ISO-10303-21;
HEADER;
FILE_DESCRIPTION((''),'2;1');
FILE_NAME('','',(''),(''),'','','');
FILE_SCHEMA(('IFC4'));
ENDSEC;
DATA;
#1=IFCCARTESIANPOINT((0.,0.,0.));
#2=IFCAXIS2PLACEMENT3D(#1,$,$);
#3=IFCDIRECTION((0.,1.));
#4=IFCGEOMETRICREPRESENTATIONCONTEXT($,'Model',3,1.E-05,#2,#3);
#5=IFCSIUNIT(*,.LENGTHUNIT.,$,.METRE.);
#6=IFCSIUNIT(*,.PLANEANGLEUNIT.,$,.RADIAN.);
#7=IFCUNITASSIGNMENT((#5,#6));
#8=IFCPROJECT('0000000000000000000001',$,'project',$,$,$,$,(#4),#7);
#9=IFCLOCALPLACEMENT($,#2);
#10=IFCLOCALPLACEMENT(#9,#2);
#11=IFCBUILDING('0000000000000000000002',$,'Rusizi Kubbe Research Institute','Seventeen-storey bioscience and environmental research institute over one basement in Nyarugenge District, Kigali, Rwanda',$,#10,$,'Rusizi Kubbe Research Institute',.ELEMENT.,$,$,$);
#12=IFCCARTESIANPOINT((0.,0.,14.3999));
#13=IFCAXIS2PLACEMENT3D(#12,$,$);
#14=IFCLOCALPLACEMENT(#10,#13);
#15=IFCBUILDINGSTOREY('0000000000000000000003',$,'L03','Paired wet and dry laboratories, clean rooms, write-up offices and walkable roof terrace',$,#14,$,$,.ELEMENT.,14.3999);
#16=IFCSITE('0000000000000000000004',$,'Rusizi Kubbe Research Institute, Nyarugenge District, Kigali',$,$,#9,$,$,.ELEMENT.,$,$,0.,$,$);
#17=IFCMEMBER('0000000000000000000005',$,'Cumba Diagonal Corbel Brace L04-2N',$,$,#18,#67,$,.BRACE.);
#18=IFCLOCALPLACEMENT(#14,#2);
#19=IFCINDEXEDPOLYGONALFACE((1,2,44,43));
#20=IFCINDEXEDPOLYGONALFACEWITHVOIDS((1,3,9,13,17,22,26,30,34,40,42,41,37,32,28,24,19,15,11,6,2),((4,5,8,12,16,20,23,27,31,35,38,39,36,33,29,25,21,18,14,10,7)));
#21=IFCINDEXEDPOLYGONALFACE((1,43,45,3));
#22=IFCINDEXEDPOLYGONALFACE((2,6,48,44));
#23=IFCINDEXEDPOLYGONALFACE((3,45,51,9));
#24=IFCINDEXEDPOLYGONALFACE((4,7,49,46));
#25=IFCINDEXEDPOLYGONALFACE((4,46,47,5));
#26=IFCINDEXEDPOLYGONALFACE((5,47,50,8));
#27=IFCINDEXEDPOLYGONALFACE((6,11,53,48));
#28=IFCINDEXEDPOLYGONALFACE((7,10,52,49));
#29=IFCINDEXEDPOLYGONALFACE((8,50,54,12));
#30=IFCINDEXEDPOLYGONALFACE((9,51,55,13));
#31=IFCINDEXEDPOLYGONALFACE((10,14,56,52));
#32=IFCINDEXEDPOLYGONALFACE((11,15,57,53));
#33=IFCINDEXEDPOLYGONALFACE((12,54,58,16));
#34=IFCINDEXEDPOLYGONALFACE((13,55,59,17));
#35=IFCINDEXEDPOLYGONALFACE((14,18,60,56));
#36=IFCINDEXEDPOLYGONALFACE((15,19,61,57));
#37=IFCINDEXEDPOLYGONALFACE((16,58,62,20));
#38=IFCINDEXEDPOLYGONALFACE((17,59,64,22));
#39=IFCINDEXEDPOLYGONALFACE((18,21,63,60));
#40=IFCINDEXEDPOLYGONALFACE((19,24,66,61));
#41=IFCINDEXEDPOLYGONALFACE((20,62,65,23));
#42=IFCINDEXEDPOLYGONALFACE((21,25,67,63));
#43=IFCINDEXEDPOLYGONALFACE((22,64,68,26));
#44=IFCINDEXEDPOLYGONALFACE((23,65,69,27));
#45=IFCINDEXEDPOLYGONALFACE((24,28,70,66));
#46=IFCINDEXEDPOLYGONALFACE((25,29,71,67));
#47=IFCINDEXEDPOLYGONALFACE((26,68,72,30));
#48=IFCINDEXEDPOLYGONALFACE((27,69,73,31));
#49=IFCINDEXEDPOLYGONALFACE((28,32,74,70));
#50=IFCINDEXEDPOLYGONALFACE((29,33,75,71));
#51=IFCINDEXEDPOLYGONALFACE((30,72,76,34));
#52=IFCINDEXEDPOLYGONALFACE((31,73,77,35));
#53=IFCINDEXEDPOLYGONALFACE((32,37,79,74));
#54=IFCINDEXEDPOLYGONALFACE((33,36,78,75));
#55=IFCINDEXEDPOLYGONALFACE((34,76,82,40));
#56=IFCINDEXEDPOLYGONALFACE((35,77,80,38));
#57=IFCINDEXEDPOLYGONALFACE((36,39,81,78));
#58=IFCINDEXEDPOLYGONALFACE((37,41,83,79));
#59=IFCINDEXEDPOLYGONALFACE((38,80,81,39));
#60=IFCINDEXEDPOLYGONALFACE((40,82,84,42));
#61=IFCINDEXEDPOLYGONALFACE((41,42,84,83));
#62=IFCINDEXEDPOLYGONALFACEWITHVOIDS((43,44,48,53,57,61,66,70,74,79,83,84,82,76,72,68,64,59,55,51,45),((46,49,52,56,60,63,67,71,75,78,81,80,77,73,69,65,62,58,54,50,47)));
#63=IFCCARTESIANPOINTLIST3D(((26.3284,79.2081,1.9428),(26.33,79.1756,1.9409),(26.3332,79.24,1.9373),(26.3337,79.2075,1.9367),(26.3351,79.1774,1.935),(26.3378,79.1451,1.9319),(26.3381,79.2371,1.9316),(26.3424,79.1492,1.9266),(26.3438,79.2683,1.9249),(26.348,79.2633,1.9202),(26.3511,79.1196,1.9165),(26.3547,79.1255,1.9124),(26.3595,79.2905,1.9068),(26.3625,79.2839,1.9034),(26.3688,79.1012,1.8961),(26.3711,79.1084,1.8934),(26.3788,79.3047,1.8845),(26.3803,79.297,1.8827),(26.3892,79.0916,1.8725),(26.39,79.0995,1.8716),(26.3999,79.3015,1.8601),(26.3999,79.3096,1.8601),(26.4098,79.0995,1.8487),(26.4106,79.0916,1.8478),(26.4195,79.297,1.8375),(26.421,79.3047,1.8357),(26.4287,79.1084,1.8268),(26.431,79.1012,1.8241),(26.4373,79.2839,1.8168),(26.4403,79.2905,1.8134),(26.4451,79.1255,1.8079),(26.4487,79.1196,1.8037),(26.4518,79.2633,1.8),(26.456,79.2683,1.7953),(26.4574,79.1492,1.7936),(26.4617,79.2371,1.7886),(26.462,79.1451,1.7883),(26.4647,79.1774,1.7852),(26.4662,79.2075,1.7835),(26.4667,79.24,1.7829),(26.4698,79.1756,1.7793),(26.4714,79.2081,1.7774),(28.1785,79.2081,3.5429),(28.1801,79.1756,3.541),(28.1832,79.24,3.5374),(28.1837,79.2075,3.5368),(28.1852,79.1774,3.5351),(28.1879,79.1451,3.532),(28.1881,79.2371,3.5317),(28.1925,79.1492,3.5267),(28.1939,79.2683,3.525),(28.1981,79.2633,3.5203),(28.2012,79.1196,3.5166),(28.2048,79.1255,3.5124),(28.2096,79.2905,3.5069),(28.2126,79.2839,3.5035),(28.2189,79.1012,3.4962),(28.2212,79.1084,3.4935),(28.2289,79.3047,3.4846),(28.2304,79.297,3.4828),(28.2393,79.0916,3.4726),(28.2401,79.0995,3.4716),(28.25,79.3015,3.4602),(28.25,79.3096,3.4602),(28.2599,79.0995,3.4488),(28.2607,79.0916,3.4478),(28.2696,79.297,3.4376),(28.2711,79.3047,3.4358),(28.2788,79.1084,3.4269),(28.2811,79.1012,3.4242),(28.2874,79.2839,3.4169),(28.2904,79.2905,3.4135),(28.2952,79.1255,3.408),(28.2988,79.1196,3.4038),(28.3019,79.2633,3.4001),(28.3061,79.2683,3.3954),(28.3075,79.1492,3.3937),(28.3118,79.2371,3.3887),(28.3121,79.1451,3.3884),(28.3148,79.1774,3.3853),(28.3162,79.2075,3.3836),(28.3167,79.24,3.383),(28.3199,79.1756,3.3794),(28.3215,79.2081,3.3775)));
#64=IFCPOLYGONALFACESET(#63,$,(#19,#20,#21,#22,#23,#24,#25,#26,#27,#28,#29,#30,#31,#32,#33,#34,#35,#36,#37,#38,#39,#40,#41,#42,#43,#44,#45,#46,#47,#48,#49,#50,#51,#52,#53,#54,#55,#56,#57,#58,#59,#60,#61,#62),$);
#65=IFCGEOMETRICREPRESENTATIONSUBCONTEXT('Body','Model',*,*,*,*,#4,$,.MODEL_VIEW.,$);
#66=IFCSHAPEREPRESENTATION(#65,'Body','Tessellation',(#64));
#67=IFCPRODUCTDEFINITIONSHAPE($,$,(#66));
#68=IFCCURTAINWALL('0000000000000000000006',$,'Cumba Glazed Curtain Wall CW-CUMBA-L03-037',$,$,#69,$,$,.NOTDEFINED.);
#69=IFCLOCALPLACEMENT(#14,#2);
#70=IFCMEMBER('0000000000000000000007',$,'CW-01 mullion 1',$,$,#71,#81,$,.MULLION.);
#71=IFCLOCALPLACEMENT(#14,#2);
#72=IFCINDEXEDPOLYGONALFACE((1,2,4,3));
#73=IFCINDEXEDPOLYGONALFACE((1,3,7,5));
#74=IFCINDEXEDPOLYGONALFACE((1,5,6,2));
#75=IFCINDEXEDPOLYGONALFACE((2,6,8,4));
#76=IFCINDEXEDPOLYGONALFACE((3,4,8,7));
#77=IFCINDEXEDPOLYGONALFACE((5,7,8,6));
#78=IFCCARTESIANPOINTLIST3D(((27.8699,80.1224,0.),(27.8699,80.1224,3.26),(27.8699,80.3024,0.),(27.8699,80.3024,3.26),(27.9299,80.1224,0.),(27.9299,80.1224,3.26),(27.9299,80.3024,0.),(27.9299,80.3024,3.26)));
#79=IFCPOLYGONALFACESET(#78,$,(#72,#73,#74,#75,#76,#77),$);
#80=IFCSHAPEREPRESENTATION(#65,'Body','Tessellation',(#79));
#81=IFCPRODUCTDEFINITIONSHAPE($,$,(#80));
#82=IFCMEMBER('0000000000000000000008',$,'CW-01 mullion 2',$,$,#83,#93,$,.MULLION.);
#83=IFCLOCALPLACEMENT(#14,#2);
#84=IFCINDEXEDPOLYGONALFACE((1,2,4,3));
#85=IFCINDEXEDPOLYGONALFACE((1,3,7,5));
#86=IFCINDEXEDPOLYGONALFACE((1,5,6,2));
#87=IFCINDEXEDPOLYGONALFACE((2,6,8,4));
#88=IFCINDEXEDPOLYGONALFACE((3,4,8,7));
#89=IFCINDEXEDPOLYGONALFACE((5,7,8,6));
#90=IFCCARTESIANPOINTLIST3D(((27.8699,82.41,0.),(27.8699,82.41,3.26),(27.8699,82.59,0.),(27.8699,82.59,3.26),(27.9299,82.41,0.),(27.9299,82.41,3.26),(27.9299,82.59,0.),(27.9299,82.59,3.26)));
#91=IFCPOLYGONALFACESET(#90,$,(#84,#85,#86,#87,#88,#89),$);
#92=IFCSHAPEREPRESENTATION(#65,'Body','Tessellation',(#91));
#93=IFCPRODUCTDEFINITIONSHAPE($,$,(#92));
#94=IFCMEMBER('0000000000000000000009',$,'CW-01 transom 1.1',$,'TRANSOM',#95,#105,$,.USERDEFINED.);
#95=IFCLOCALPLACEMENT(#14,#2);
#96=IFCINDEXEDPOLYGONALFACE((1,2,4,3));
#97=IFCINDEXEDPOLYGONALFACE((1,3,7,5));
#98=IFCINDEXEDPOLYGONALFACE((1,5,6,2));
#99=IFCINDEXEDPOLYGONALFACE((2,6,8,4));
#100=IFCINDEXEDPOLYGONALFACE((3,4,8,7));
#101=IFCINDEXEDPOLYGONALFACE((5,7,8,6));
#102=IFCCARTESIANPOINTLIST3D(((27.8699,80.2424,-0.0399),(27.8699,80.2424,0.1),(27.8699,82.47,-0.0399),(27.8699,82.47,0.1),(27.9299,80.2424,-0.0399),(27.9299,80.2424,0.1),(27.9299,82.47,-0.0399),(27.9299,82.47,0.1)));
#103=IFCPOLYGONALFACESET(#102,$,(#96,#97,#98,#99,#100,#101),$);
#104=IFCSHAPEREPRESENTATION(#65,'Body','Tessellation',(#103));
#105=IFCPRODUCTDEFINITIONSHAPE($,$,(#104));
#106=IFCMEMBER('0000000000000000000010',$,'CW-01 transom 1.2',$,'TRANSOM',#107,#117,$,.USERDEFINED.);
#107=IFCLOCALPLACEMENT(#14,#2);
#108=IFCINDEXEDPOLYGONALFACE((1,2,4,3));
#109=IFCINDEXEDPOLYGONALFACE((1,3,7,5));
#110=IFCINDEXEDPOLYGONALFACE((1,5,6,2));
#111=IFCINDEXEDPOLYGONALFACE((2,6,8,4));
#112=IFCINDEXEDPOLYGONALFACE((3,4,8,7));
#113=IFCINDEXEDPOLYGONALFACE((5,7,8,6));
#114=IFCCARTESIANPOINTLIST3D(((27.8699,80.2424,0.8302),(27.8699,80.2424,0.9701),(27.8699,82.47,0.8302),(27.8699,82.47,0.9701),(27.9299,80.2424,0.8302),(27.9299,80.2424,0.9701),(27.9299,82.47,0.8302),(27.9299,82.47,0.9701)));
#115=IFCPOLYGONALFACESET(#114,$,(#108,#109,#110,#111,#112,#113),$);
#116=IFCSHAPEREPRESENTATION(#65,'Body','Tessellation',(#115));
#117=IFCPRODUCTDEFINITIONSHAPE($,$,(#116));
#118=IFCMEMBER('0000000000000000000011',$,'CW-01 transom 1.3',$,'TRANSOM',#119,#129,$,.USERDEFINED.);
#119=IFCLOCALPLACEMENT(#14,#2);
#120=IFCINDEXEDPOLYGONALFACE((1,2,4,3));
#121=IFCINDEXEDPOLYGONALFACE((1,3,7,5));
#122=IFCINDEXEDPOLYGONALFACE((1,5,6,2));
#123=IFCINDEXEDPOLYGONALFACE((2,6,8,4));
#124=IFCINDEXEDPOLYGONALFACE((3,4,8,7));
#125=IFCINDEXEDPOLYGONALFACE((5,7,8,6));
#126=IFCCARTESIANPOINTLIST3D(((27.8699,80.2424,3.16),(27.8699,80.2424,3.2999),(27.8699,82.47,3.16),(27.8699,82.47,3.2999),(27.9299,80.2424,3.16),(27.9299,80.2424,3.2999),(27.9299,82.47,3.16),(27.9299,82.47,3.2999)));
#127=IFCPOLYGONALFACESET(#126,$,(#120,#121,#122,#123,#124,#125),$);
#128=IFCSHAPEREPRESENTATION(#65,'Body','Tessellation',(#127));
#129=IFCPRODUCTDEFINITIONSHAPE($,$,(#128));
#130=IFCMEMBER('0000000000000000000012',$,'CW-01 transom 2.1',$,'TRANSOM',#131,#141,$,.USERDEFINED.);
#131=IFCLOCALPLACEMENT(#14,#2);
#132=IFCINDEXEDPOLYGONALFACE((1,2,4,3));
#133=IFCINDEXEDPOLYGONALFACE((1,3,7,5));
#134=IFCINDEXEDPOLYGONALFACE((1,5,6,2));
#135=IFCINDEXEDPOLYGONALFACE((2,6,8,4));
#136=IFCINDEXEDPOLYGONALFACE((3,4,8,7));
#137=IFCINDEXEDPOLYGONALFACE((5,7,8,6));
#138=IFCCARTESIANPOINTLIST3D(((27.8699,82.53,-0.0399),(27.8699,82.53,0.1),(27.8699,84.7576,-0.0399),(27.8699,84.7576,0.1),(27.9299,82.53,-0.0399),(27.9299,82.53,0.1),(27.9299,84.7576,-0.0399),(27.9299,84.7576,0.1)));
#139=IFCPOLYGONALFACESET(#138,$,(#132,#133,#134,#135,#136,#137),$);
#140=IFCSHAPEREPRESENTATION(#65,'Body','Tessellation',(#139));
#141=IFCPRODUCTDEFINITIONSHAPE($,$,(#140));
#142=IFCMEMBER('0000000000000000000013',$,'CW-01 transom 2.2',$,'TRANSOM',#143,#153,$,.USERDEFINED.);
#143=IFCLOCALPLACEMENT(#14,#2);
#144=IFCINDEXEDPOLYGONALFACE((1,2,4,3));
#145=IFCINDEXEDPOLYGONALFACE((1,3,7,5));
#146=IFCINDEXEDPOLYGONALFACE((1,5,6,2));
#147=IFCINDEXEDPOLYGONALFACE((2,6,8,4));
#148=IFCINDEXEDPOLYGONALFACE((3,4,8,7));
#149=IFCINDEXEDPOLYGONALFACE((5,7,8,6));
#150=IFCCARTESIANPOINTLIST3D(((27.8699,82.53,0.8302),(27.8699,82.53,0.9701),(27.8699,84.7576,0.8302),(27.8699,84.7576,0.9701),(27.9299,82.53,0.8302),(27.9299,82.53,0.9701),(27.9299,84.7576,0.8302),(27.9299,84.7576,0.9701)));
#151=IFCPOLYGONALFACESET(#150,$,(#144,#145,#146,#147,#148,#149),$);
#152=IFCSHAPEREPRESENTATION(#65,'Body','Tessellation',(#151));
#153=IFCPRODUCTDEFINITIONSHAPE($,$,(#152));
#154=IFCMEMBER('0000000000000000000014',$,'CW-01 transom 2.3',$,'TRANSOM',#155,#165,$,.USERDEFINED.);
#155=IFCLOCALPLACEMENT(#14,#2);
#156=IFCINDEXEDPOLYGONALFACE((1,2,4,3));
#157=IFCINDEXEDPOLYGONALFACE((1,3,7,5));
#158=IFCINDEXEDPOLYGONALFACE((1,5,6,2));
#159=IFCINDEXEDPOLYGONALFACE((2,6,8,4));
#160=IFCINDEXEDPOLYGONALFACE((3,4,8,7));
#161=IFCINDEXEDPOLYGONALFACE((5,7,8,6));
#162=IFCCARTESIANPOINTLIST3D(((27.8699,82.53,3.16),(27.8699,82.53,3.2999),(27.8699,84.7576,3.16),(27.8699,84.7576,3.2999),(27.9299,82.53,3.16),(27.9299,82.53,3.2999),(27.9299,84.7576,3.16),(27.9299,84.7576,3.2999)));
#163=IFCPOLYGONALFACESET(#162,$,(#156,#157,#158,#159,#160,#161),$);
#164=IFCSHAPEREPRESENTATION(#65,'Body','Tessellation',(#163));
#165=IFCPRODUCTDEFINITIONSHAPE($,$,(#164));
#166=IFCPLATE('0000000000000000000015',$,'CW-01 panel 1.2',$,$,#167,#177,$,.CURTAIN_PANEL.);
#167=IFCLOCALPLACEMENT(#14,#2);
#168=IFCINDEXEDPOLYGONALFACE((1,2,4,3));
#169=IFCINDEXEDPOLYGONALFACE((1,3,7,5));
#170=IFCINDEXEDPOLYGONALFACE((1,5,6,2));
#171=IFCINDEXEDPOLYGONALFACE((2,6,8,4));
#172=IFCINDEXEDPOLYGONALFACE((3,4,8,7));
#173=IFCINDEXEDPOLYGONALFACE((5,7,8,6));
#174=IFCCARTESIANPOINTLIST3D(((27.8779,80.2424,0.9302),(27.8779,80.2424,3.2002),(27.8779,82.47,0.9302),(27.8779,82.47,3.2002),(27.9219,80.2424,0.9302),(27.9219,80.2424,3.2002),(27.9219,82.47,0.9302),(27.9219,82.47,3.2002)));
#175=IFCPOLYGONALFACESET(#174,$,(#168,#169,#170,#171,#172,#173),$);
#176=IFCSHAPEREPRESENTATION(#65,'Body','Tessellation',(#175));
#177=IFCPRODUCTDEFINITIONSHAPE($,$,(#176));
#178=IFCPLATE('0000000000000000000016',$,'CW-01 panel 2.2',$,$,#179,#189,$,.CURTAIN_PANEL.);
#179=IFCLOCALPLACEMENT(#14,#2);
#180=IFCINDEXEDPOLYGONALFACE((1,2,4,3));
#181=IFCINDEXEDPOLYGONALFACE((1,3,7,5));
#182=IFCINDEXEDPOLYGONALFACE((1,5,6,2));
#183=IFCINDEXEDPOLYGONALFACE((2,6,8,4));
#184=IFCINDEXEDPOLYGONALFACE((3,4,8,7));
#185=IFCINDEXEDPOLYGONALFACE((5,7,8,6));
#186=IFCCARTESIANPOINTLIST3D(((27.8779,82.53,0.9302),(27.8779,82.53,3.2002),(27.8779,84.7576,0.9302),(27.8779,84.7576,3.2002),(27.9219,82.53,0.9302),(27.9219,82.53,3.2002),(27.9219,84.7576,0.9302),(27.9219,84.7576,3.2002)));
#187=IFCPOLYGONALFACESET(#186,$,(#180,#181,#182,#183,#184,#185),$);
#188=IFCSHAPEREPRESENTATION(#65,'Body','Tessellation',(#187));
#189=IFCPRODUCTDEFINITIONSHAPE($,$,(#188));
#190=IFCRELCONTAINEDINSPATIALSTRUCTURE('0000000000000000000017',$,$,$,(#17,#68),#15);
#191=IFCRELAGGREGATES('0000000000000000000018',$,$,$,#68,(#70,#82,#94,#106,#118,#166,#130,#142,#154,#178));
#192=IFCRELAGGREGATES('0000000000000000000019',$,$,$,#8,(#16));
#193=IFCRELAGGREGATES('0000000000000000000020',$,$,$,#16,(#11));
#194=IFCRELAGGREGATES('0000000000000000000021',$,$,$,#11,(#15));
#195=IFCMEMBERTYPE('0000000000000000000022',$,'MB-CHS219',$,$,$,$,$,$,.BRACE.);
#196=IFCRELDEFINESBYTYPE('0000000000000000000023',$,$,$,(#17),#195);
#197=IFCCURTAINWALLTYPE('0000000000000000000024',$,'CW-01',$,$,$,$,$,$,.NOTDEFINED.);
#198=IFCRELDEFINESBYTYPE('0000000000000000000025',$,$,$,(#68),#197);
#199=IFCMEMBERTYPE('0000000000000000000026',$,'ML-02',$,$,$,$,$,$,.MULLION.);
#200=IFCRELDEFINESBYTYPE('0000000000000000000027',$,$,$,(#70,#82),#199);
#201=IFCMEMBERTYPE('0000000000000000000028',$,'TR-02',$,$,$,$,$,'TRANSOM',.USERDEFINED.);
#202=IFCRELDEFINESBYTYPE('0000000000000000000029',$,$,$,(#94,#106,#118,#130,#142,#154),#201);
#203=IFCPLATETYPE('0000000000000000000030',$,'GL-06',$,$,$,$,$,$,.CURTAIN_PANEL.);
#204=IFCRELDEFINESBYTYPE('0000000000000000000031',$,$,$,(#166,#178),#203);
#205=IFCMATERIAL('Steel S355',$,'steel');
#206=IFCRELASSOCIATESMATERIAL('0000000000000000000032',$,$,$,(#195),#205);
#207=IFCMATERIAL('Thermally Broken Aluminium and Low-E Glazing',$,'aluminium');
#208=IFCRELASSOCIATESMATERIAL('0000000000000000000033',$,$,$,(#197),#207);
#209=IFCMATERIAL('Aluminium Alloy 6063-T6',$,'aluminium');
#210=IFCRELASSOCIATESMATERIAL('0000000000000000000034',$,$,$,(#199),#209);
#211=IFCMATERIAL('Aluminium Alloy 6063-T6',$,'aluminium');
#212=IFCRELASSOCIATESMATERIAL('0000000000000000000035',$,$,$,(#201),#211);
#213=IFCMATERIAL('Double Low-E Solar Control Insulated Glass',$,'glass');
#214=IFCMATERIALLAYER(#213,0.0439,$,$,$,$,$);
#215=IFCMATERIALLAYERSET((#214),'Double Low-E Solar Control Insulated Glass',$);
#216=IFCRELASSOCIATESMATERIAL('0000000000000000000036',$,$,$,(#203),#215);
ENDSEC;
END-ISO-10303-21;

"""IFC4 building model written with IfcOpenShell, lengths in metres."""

from ifc_helpers import new_model, si_unit, direction, frame, origin, origin_2d, place, context, subcontext, project, spatial, rectangle, hollow_circle, extrude, material, layer, layer_set, material_profile, profile_set, type_object, element, aggregate, save


model = new_model("IFC4")

# Units and contexts
model_context = context("Model", 3, precision=1e-05, world=origin(), true_north=direction((0.0, 1.0)))
body_context = subcontext(model_context, "Body", "Model", "MODEL_VIEW")
ifc_project = project(units=[si_unit("LENGTHUNIT", "METRE"), si_unit("PLANEANGLEUNIT", "RADIAN")], contexts=[model_context])

# Site, building, storey
site_placement = place(None, origin())
site = spatial("IfcSite", under=ifc_project, at=site_placement, Name="Rusizi Kubbe Research Institute, Nyarugenge District, Kigali", CompositionType="ELEMENT", RefElevation=0.0)
building_placement = place(site_placement, origin())
building = spatial("IfcBuilding", under=site, at=building_placement, Name="Rusizi Kubbe Research Institute", Description="Seventeen-storey bioscience and environmental research institute over one basement in Nyarugenge District, Kigali, Rwanda", LongName="Rusizi Kubbe Research Institute", CompositionType="ELEMENT")
storey_placement = place(building_placement, frame((0.0, 0.0, 14.3999)))
storey = spatial("IfcBuildingStorey", under=building, at=storey_placement, Name="L03", Description="Paired wet and dry laboratories, clean rooms, write-up offices and walkable roof terrace", CompositionType="ELEMENT", Elevation=14.3999)

# Member
ifc_material_1 = material(Name="Steel S355", Category="steel")
ifc_material_profile_1 = material_profile(ifc_material_1, hollow_circle(Radius=0.1096, WallThickness=0.0081, at=origin_2d()), Name="CHS 219.1x8.0")
ifc_profile_set_1 = profile_set([ifc_material_profile_1], Name="Steel S355")
member_type_1 = type_object("IfcMemberType", Name="MB-CHS219", PredefinedType="BRACE", material=ifc_profile_set_1)
for number, where, z_axis, x_axis, name in (
    (1, (26.3999, 79.2, 1.8601), (0.756361, 0.0, 0.654155), (0.0, 1.0, 0.0), "Cumba Diagonal Corbel Brace L04-2N"),
):
    element("IfcMember", number, at=place(storey_placement, frame(where, z_axis=z_axis, x_axis=x_axis)), inside=storey, type_object=member_type_1, Name=name, PredefinedType="BRACE", context=body_context, shape_type="SweptSolid", body=[
        extrude(hollow_circle(Radius=0.1096, WallThickness=0.0081, at=origin_2d()), origin(), (0.0, 0.0, 1.0), 2.446),
    ])

# Curtain wall, members, plates
ifc_material_2 = material(Name="Thermally Broken Aluminium and Low-E Glazing", Category="aluminium")
curtain_wall_type = type_object("IfcCurtainWallType", Name="CW-01", PredefinedType="NOTDEFINED", material=ifc_material_2)
curtain_wall_placement = place(storey_placement, origin())
curtain_wall = element("IfcCurtainWall", 2, at=curtain_wall_placement, inside=storey, type_object=curtain_wall_type, Name="Cumba Glazed Curtain Wall CW-CUMBA-L03-037", PredefinedType="NOTDEFINED")
ifc_material_3 = material(Name="Aluminium Alloy 6063-T6", Category="aluminium")
ifc_material_profile_2 = material_profile(ifc_material_3, rectangle(XDim=0.0601, YDim=0.1799, at=origin_2d()), Name="ALU-M 60x180")
ifc_profile_set_2 = profile_set([ifc_material_profile_2], Name="Aluminium Alloy 6063-T6")
member_type_2 = type_object("IfcMemberType", Name="ML-02", PredefinedType="MULLION", material=ifc_profile_set_2)
member_1_placement = place(storey_placement, frame((27.8999, 80.2124, 0.0), z_axis=(0.0, 0.0, 1.0), x_axis=(-1.0, 0.0, 0.0)))
member_1 = element("IfcMember", 3, at=member_1_placement, type_object=member_type_2, Name="CW-01 mullion 1", PredefinedType="MULLION", context=body_context, shape_type="SweptSolid", body=[
    extrude(rectangle(XDim=0.0601, YDim=0.1799, at=origin_2d()), origin(), (0.0, 0.0, 1.0), 3.26),
])
member_2_placement = place(storey_placement, frame((27.8999, 82.5, 0.0), z_axis=(0.0, 0.0, 1.0), x_axis=(-1.0, 0.0, 0.0)))
member_2 = element("IfcMember", 4, at=member_2_placement, type_object=member_type_2, Name="CW-01 mullion 2", PredefinedType="MULLION", context=body_context, shape_type="SweptSolid", body=[
    extrude(rectangle(XDim=0.0601, YDim=0.1799, at=origin_2d()), origin(), (0.0, 0.0, 1.0), 3.26),
])
ifc_material_4 = material(Name="Aluminium Alloy 6063-T6", Category="aluminium")
ifc_material_profile_3 = material_profile(ifc_material_4, rectangle(XDim=0.0601, YDim=0.1399, at=origin_2d()), Name="ALU-T 60x140")
ifc_profile_set_3 = profile_set([ifc_material_profile_3], Name="Aluminium Alloy 6063-T6")
member_type_3 = type_object("IfcMemberType", Name="TR-02", ElementType="TRANSOM", PredefinedType="USERDEFINED", material=ifc_profile_set_3)
member_3_placement = place(storey_placement, frame((27.8999, 80.2424, 0.03), z_axis=(0.0, 1.0, 0.0), x_axis=(-1.0, 0.0, 0.0)))
member_3 = element("IfcMember", 5, at=member_3_placement, type_object=member_type_3, Name="CW-01 transom 1.1", ObjectType="TRANSOM", PredefinedType="USERDEFINED", context=body_context, shape_type="SweptSolid", body=[
    extrude(rectangle(XDim=0.0601, YDim=0.1399, at=origin_2d()), origin(), (0.0, 0.0, 1.0), 2.2275),
])
member_4_placement = place(storey_placement, frame((27.8999, 80.2424, 0.9001), z_axis=(0.0, 1.0, 0.0), x_axis=(-1.0, 0.0, 0.0)))
member_4 = element("IfcMember", 6, at=member_4_placement, type_object=member_type_3, Name="CW-01 transom 1.2", ObjectType="TRANSOM", PredefinedType="USERDEFINED", context=body_context, shape_type="SweptSolid", body=[
    extrude(rectangle(XDim=0.0601, YDim=0.1399, at=origin_2d()), origin(), (0.0, 0.0, 1.0), 2.2275),
])
member_5_placement = place(storey_placement, frame((27.8999, 80.2424, 3.23), z_axis=(0.0, 1.0, 0.0), x_axis=(-1.0, 0.0, 0.0)))
member_5 = element("IfcMember", 7, at=member_5_placement, type_object=member_type_3, Name="CW-01 transom 1.3", ObjectType="TRANSOM", PredefinedType="USERDEFINED", context=body_context, shape_type="SweptSolid", body=[
    extrude(rectangle(XDim=0.0601, YDim=0.1399, at=origin_2d()), origin(), (0.0, 0.0, 1.0), 2.2275),
])
member_6_placement = place(storey_placement, frame((27.8999, 82.53, 0.03), z_axis=(0.0, 1.0, 0.0), x_axis=(-1.0, 0.0, 0.0)))
member_6 = element("IfcMember", 8, at=member_6_placement, type_object=member_type_3, Name="CW-01 transom 2.1", ObjectType="TRANSOM", PredefinedType="USERDEFINED", context=body_context, shape_type="SweptSolid", body=[
    extrude(rectangle(XDim=0.0601, YDim=0.1399, at=origin_2d()), origin(), (0.0, 0.0, 1.0), 2.2275),
])
member_7_placement = place(storey_placement, frame((27.8999, 82.53, 0.9001), z_axis=(0.0, 1.0, 0.0), x_axis=(-1.0, 0.0, 0.0)))
member_7 = element("IfcMember", 9, at=member_7_placement, type_object=member_type_3, Name="CW-01 transom 2.2", ObjectType="TRANSOM", PredefinedType="USERDEFINED", context=body_context, shape_type="SweptSolid", body=[
    extrude(rectangle(XDim=0.0601, YDim=0.1399, at=origin_2d()), origin(), (0.0, 0.0, 1.0), 2.2275),
])
member_8_placement = place(storey_placement, frame((27.8999, 82.53, 3.23), z_axis=(0.0, 1.0, 0.0), x_axis=(-1.0, 0.0, 0.0)))
member_8 = element("IfcMember", 10, at=member_8_placement, type_object=member_type_3, Name="CW-01 transom 2.3", ObjectType="TRANSOM", PredefinedType="USERDEFINED", context=body_context, shape_type="SweptSolid", body=[
    extrude(rectangle(XDim=0.0601, YDim=0.1399, at=origin_2d()), origin(), (0.0, 0.0, 1.0), 2.2275),
])
ifc_material_5 = material(Name="Double Low-E Solar Control Insulated Glass", Category="glass")
ifc_layer_1 = layer(ifc_material_5, 0.0439)
ifc_layer_set_1 = layer_set([ifc_layer_1], Name="Double Low-E Solar Control Insulated Glass")
plate_type_1 = type_object("IfcPlateType", Name="GL-06", PredefinedType="CURTAIN_PANEL", material=ifc_layer_set_1)
plate_1_placement = place(storey_placement, frame((27.8999, 81.3562, 0.9302), z_axis=(0.0, 0.0, 1.0), x_axis=(0.0, 1.0, 0.0)))
plate_1 = element("IfcPlate", 11, at=plate_1_placement, type_object=plate_type_1, Name="CW-01 panel 1.2", PredefinedType="CURTAIN_PANEL", context=body_context, shape_type="SweptSolid", body=[
    extrude(rectangle(XDim=2.2275, YDim=0.0439, at=origin_2d()), origin(), (0.0, 0.0, 1.0), 2.27),
])
plate_2_placement = place(storey_placement, frame((27.8999, 83.6438, 0.9302), z_axis=(0.0, 0.0, 1.0), x_axis=(0.0, 1.0, 0.0)))
plate_2 = element("IfcPlate", 12, at=plate_2_placement, type_object=plate_type_1, Name="CW-01 panel 2.2", PredefinedType="CURTAIN_PANEL", context=body_context, shape_type="SweptSolid", body=[
    extrude(rectangle(XDim=2.2275, YDim=0.0439, at=origin_2d()), origin(), (0.0, 0.0, 1.0), 2.27),
])

aggregate(curtain_wall, [member_1, member_2, member_3, member_4, member_5, plate_1, member_6, member_7, member_8, plate_2])

save(model, "model.ifc")
